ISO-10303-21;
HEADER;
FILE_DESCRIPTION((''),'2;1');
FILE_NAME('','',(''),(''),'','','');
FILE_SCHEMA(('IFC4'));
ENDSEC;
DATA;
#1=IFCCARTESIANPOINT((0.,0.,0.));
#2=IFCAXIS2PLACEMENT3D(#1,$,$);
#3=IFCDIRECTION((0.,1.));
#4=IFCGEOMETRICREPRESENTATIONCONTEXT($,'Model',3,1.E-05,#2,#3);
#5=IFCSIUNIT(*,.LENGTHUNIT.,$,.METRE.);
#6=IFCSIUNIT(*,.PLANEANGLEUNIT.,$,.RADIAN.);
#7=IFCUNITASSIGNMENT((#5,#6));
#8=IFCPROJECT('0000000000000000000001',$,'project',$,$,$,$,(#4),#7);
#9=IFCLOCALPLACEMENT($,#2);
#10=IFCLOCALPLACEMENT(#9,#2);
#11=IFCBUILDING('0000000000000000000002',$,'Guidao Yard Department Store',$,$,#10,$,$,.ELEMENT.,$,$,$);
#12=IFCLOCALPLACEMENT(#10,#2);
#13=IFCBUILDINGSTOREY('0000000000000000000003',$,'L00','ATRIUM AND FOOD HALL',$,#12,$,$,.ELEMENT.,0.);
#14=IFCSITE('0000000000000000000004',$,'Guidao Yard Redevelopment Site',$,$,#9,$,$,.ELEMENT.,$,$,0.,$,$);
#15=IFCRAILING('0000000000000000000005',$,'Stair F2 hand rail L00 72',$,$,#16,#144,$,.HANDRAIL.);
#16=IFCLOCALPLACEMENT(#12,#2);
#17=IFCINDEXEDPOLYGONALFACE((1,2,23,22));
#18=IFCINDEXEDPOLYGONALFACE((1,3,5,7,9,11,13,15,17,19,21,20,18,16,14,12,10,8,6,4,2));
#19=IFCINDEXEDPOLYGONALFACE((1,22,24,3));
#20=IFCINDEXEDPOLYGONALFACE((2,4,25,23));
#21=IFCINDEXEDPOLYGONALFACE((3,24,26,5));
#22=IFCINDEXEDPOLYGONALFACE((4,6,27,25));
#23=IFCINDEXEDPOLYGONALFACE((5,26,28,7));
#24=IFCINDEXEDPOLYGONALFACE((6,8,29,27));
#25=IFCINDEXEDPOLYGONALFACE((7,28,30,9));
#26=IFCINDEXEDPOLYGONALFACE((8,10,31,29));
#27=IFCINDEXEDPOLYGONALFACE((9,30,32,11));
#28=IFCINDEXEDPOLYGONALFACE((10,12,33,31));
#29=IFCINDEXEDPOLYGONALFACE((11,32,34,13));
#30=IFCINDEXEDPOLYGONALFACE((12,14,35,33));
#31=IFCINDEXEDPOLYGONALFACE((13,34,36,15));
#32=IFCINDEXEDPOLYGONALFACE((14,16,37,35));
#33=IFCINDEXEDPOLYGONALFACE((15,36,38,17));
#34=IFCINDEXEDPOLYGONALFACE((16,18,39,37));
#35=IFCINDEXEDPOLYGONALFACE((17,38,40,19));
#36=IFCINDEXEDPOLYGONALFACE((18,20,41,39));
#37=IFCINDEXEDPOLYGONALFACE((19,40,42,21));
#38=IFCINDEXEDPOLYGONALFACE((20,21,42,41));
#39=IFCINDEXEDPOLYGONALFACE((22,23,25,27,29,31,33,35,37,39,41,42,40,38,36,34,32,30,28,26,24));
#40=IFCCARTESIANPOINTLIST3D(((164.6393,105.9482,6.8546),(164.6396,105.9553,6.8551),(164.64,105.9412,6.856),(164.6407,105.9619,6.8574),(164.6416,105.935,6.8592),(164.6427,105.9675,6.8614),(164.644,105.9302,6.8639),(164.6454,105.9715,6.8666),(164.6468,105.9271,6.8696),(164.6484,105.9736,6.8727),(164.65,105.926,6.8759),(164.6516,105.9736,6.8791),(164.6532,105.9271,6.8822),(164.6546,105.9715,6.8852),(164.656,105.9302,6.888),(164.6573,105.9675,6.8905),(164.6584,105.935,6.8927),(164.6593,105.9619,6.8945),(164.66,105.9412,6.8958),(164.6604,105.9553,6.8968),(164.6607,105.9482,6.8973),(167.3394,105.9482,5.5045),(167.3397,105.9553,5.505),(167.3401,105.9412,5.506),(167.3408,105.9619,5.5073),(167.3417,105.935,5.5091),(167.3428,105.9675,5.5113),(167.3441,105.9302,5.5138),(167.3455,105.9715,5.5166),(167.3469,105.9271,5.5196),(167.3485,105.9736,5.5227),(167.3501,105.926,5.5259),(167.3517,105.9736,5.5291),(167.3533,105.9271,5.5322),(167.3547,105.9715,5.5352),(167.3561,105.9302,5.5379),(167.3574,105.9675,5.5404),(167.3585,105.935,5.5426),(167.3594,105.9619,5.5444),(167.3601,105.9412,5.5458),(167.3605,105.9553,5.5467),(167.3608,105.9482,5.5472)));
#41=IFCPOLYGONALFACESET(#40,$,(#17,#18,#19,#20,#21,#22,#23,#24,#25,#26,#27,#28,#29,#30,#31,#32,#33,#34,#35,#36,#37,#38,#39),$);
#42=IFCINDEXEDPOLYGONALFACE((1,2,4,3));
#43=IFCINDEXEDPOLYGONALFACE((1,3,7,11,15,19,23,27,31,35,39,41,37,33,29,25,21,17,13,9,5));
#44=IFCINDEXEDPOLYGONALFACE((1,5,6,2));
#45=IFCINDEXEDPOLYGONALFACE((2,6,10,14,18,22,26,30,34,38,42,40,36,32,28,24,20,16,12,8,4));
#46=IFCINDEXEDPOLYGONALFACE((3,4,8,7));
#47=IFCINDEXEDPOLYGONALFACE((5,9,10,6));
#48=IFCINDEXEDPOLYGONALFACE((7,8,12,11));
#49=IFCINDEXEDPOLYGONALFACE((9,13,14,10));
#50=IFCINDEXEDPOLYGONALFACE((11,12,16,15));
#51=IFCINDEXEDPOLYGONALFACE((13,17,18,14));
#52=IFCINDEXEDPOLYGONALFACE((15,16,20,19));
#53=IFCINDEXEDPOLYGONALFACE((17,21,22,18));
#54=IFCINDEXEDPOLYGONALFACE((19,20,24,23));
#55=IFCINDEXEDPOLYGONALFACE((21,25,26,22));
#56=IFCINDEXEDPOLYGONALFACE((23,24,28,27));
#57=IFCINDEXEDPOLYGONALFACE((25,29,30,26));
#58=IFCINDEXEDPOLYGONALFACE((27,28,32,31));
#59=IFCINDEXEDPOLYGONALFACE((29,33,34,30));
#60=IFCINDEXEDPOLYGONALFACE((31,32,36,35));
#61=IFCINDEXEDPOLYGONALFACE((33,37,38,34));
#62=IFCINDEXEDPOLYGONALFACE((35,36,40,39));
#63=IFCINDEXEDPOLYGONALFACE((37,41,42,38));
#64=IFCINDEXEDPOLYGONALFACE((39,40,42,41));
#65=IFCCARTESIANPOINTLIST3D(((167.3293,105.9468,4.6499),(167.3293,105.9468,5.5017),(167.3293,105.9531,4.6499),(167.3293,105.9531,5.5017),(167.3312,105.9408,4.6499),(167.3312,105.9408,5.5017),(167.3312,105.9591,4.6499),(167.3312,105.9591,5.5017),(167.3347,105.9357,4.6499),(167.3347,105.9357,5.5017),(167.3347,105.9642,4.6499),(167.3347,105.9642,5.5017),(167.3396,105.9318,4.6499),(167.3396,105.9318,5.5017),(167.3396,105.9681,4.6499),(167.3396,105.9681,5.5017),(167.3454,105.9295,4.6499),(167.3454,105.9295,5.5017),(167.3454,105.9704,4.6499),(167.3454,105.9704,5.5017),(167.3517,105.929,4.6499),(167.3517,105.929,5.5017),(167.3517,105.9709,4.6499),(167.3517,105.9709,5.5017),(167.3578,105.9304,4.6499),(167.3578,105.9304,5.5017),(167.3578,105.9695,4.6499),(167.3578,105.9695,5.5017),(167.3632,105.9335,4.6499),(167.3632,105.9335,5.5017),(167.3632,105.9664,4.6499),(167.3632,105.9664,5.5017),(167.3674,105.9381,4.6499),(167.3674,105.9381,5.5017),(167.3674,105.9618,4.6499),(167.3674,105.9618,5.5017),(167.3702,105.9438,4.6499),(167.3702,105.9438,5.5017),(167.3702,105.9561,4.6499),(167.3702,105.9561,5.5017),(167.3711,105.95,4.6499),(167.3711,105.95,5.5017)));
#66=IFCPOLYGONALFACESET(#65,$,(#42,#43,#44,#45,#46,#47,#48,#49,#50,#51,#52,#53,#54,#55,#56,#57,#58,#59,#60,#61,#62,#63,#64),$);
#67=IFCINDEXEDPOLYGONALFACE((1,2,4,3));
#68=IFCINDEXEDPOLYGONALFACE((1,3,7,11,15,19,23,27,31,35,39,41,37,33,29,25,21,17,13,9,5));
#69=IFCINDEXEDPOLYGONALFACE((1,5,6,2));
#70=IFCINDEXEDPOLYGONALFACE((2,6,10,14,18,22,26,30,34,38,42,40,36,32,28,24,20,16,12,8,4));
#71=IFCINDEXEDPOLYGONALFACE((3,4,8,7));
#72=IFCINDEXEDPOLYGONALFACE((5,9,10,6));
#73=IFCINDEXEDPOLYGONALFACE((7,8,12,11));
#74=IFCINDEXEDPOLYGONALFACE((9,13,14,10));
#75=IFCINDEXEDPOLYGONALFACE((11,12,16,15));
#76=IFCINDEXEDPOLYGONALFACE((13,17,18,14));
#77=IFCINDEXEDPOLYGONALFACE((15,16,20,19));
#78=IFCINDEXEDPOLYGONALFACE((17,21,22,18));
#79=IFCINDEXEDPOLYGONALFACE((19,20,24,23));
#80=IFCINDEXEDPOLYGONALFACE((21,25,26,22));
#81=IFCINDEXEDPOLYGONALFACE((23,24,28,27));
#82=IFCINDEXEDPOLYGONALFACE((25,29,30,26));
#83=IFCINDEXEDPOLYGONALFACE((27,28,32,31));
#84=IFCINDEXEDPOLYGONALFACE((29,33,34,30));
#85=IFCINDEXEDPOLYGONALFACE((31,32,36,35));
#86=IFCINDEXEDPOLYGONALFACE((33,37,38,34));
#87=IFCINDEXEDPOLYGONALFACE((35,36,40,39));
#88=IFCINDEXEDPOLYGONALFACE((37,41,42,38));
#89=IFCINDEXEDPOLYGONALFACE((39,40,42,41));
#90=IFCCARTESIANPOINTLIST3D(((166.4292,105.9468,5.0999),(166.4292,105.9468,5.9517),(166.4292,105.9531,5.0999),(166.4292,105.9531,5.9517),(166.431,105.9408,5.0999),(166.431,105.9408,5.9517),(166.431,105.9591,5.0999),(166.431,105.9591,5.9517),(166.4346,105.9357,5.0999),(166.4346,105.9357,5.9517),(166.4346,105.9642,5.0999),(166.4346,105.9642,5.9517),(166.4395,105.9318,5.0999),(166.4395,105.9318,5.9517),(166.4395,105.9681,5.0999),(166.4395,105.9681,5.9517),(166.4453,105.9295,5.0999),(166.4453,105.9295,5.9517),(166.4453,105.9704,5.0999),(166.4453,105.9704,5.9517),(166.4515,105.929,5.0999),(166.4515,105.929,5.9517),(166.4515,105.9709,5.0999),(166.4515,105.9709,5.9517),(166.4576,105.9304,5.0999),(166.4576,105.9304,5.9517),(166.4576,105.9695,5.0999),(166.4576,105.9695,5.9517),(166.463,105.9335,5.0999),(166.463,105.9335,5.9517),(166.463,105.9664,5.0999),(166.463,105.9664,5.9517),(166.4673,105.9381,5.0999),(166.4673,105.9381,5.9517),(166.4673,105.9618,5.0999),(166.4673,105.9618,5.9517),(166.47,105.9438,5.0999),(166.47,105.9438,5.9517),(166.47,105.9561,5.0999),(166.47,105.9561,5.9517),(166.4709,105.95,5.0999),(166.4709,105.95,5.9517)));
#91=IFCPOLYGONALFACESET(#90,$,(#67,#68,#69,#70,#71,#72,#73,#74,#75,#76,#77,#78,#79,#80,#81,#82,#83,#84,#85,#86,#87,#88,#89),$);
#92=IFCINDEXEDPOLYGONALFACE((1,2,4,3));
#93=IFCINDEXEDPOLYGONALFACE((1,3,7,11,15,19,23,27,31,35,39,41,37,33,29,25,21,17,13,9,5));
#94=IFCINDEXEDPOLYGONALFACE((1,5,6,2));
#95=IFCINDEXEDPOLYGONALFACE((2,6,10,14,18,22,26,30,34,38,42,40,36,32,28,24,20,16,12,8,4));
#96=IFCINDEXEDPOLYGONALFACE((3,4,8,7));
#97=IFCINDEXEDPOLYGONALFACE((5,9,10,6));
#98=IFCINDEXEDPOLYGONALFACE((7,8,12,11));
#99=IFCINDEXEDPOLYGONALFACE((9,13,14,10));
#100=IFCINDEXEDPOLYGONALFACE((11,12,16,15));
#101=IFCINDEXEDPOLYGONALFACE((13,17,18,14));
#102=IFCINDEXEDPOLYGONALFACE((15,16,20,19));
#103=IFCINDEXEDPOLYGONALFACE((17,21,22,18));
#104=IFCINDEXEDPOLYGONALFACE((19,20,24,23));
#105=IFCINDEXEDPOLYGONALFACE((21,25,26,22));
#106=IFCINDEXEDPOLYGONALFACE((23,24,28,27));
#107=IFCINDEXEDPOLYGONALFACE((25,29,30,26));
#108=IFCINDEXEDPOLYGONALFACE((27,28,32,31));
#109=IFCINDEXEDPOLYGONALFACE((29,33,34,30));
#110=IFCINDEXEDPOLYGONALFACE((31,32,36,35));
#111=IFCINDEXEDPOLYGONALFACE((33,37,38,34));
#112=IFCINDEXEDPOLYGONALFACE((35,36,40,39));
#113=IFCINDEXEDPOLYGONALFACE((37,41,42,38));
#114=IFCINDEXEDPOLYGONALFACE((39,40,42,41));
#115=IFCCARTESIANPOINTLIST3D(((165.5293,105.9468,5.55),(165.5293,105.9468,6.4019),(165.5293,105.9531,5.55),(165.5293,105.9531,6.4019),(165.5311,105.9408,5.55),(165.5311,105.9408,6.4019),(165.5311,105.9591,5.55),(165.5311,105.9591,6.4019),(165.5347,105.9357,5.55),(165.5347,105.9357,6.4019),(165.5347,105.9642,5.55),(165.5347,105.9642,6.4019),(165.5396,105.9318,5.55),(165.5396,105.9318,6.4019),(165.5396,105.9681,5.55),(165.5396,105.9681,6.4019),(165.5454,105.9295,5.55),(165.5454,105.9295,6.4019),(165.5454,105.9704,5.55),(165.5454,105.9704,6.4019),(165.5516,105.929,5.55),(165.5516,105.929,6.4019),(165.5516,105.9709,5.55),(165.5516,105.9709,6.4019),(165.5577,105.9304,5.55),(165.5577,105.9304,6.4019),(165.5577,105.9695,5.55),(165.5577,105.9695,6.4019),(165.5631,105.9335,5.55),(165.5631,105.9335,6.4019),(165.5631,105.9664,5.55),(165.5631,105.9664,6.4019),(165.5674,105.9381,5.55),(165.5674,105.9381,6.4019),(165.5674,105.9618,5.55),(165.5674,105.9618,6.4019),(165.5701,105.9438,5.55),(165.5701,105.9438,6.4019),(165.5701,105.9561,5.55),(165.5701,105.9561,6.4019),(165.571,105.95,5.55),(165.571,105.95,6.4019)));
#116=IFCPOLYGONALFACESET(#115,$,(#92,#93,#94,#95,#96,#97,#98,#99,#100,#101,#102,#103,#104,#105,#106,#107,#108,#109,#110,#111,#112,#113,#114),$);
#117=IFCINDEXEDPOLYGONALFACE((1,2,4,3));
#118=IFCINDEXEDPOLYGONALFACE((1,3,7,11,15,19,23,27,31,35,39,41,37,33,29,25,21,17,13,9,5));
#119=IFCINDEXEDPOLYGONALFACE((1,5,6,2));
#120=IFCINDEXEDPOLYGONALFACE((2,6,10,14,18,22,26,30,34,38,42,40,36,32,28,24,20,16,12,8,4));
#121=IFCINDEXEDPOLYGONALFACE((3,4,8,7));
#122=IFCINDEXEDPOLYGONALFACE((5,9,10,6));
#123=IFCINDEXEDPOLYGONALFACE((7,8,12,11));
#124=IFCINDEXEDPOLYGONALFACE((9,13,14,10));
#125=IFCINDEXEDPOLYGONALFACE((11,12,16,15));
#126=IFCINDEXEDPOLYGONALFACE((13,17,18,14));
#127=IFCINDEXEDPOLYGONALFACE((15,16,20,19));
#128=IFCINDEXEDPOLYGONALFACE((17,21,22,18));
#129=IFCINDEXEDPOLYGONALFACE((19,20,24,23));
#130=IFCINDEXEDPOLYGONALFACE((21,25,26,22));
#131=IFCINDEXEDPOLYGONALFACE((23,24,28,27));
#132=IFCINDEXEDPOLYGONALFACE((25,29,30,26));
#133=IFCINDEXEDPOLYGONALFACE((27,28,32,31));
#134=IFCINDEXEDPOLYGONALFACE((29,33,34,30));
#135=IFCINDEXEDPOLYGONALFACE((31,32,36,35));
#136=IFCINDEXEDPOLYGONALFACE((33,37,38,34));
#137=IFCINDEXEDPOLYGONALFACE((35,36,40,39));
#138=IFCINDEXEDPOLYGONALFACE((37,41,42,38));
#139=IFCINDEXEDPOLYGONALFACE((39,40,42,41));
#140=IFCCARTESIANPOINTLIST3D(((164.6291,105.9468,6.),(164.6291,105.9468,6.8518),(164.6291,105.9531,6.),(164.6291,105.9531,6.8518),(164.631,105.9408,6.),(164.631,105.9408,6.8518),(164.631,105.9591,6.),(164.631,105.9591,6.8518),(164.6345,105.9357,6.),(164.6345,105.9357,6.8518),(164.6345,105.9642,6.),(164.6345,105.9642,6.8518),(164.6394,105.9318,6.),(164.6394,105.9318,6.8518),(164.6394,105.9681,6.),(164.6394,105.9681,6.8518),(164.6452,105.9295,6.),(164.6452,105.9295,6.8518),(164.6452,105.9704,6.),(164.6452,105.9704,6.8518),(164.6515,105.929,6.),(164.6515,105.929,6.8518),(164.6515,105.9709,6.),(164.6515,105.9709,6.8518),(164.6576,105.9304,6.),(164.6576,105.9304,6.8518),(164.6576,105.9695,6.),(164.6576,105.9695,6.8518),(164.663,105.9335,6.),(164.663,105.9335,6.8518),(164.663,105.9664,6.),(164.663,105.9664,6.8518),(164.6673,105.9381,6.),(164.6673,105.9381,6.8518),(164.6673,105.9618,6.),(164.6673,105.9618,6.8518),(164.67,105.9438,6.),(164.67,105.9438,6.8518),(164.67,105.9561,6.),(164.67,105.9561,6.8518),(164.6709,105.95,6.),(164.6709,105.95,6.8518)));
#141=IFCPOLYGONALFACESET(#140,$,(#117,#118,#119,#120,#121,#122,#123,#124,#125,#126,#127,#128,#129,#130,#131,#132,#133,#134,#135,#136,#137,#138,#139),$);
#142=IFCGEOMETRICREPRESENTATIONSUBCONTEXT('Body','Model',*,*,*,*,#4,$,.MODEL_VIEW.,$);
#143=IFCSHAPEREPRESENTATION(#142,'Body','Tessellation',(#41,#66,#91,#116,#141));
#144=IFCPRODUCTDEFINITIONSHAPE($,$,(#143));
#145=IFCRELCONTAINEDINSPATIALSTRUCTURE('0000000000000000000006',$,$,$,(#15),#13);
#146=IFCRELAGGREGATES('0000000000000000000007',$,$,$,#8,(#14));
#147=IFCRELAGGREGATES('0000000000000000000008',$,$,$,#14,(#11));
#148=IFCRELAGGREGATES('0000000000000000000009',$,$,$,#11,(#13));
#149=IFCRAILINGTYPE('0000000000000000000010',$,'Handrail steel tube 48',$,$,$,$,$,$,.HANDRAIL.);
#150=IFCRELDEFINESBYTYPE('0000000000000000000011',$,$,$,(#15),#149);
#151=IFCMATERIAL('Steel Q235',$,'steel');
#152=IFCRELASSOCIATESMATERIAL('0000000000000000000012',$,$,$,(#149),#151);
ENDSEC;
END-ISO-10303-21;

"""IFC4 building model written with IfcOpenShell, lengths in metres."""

from ifc_helpers import new_model, si_unit, direction, frame, origin, origin_2d, place, context, subcontext, project, spatial, circle, extrude, material, type_object, element, save


model = new_model("IFC4")

# Units and contexts
model_context = context("Model", 3, precision=1e-05, world=origin(), true_north=direction((0.0, 1.0)))
body_context = subcontext(model_context, "Body", "Model", "MODEL_VIEW")
ifc_project = project(units=[si_unit("LENGTHUNIT", "METRE"), si_unit("PLANEANGLEUNIT", "RADIAN")], contexts=[model_context])

# Site, building, storey
site_placement = place(None, origin())
site = spatial("IfcSite", under=ifc_project, at=site_placement, Name="Guidao Yard Redevelopment Site", CompositionType="ELEMENT", RefElevation=0.0)
building_placement = place(site_placement, origin())
building = spatial("IfcBuilding", under=site, at=building_placement, Name="Guidao Yard Department Store", CompositionType="ELEMENT")
storey_placement = place(building_placement, origin())
storey = spatial("IfcBuildingStorey", under=building, at=storey_placement, Name="L00", Description="ATRIUM AND FOOD HALL", CompositionType="ELEMENT", Elevation=0.0)

# Railing
ifc_material_1 = material(Name="Steel Q235", Category="steel")
railing_type = type_object("IfcRailingType", Name="Handrail steel tube 48", PredefinedType="HANDRAIL", material=ifc_material_1)
for number, where, name in (
    (1, (167.3501, 105.95, 4.6499), "Stair F2 hand rail L00 72"),
):
    element("IfcRailing", number, at=place(storey_placement, frame(where)), inside=storey, type_object=railing_type, Name=name, PredefinedType="HANDRAIL", context=body_context, shape_type="SweptSolid", body=[
        extrude(circle(Radius=0.0239, at=origin_2d()), frame((0.0, 0.0, 0.876), z_axis=(-0.894427, 0.0, 0.447214), x_axis=(0.0, -1.0, 0.0)), (0.0, 0.0, 1.0), 3.0188),
        extrude(circle(Radius=0.021, at=origin_2d()), origin(), (0.0, 0.0, 1.0), 0.8518),
        extrude(circle(Radius=0.021, at=origin_2d()), frame((-0.9001, 0.0, 0.45)), (0.0, 0.0, 1.0), 0.8518),
        extrude(circle(Radius=0.021, at=origin_2d()), frame((-1.8, 0.0, 0.9001)), (0.0, 0.0, 1.0), 0.8518),
        extrude(circle(Radius=0.021, at=origin_2d()), frame((-2.7002, 0.0, 1.3501)), (0.0, 0.0, 1.0), 0.8518),
    ])

save(model, "model.ifc")
